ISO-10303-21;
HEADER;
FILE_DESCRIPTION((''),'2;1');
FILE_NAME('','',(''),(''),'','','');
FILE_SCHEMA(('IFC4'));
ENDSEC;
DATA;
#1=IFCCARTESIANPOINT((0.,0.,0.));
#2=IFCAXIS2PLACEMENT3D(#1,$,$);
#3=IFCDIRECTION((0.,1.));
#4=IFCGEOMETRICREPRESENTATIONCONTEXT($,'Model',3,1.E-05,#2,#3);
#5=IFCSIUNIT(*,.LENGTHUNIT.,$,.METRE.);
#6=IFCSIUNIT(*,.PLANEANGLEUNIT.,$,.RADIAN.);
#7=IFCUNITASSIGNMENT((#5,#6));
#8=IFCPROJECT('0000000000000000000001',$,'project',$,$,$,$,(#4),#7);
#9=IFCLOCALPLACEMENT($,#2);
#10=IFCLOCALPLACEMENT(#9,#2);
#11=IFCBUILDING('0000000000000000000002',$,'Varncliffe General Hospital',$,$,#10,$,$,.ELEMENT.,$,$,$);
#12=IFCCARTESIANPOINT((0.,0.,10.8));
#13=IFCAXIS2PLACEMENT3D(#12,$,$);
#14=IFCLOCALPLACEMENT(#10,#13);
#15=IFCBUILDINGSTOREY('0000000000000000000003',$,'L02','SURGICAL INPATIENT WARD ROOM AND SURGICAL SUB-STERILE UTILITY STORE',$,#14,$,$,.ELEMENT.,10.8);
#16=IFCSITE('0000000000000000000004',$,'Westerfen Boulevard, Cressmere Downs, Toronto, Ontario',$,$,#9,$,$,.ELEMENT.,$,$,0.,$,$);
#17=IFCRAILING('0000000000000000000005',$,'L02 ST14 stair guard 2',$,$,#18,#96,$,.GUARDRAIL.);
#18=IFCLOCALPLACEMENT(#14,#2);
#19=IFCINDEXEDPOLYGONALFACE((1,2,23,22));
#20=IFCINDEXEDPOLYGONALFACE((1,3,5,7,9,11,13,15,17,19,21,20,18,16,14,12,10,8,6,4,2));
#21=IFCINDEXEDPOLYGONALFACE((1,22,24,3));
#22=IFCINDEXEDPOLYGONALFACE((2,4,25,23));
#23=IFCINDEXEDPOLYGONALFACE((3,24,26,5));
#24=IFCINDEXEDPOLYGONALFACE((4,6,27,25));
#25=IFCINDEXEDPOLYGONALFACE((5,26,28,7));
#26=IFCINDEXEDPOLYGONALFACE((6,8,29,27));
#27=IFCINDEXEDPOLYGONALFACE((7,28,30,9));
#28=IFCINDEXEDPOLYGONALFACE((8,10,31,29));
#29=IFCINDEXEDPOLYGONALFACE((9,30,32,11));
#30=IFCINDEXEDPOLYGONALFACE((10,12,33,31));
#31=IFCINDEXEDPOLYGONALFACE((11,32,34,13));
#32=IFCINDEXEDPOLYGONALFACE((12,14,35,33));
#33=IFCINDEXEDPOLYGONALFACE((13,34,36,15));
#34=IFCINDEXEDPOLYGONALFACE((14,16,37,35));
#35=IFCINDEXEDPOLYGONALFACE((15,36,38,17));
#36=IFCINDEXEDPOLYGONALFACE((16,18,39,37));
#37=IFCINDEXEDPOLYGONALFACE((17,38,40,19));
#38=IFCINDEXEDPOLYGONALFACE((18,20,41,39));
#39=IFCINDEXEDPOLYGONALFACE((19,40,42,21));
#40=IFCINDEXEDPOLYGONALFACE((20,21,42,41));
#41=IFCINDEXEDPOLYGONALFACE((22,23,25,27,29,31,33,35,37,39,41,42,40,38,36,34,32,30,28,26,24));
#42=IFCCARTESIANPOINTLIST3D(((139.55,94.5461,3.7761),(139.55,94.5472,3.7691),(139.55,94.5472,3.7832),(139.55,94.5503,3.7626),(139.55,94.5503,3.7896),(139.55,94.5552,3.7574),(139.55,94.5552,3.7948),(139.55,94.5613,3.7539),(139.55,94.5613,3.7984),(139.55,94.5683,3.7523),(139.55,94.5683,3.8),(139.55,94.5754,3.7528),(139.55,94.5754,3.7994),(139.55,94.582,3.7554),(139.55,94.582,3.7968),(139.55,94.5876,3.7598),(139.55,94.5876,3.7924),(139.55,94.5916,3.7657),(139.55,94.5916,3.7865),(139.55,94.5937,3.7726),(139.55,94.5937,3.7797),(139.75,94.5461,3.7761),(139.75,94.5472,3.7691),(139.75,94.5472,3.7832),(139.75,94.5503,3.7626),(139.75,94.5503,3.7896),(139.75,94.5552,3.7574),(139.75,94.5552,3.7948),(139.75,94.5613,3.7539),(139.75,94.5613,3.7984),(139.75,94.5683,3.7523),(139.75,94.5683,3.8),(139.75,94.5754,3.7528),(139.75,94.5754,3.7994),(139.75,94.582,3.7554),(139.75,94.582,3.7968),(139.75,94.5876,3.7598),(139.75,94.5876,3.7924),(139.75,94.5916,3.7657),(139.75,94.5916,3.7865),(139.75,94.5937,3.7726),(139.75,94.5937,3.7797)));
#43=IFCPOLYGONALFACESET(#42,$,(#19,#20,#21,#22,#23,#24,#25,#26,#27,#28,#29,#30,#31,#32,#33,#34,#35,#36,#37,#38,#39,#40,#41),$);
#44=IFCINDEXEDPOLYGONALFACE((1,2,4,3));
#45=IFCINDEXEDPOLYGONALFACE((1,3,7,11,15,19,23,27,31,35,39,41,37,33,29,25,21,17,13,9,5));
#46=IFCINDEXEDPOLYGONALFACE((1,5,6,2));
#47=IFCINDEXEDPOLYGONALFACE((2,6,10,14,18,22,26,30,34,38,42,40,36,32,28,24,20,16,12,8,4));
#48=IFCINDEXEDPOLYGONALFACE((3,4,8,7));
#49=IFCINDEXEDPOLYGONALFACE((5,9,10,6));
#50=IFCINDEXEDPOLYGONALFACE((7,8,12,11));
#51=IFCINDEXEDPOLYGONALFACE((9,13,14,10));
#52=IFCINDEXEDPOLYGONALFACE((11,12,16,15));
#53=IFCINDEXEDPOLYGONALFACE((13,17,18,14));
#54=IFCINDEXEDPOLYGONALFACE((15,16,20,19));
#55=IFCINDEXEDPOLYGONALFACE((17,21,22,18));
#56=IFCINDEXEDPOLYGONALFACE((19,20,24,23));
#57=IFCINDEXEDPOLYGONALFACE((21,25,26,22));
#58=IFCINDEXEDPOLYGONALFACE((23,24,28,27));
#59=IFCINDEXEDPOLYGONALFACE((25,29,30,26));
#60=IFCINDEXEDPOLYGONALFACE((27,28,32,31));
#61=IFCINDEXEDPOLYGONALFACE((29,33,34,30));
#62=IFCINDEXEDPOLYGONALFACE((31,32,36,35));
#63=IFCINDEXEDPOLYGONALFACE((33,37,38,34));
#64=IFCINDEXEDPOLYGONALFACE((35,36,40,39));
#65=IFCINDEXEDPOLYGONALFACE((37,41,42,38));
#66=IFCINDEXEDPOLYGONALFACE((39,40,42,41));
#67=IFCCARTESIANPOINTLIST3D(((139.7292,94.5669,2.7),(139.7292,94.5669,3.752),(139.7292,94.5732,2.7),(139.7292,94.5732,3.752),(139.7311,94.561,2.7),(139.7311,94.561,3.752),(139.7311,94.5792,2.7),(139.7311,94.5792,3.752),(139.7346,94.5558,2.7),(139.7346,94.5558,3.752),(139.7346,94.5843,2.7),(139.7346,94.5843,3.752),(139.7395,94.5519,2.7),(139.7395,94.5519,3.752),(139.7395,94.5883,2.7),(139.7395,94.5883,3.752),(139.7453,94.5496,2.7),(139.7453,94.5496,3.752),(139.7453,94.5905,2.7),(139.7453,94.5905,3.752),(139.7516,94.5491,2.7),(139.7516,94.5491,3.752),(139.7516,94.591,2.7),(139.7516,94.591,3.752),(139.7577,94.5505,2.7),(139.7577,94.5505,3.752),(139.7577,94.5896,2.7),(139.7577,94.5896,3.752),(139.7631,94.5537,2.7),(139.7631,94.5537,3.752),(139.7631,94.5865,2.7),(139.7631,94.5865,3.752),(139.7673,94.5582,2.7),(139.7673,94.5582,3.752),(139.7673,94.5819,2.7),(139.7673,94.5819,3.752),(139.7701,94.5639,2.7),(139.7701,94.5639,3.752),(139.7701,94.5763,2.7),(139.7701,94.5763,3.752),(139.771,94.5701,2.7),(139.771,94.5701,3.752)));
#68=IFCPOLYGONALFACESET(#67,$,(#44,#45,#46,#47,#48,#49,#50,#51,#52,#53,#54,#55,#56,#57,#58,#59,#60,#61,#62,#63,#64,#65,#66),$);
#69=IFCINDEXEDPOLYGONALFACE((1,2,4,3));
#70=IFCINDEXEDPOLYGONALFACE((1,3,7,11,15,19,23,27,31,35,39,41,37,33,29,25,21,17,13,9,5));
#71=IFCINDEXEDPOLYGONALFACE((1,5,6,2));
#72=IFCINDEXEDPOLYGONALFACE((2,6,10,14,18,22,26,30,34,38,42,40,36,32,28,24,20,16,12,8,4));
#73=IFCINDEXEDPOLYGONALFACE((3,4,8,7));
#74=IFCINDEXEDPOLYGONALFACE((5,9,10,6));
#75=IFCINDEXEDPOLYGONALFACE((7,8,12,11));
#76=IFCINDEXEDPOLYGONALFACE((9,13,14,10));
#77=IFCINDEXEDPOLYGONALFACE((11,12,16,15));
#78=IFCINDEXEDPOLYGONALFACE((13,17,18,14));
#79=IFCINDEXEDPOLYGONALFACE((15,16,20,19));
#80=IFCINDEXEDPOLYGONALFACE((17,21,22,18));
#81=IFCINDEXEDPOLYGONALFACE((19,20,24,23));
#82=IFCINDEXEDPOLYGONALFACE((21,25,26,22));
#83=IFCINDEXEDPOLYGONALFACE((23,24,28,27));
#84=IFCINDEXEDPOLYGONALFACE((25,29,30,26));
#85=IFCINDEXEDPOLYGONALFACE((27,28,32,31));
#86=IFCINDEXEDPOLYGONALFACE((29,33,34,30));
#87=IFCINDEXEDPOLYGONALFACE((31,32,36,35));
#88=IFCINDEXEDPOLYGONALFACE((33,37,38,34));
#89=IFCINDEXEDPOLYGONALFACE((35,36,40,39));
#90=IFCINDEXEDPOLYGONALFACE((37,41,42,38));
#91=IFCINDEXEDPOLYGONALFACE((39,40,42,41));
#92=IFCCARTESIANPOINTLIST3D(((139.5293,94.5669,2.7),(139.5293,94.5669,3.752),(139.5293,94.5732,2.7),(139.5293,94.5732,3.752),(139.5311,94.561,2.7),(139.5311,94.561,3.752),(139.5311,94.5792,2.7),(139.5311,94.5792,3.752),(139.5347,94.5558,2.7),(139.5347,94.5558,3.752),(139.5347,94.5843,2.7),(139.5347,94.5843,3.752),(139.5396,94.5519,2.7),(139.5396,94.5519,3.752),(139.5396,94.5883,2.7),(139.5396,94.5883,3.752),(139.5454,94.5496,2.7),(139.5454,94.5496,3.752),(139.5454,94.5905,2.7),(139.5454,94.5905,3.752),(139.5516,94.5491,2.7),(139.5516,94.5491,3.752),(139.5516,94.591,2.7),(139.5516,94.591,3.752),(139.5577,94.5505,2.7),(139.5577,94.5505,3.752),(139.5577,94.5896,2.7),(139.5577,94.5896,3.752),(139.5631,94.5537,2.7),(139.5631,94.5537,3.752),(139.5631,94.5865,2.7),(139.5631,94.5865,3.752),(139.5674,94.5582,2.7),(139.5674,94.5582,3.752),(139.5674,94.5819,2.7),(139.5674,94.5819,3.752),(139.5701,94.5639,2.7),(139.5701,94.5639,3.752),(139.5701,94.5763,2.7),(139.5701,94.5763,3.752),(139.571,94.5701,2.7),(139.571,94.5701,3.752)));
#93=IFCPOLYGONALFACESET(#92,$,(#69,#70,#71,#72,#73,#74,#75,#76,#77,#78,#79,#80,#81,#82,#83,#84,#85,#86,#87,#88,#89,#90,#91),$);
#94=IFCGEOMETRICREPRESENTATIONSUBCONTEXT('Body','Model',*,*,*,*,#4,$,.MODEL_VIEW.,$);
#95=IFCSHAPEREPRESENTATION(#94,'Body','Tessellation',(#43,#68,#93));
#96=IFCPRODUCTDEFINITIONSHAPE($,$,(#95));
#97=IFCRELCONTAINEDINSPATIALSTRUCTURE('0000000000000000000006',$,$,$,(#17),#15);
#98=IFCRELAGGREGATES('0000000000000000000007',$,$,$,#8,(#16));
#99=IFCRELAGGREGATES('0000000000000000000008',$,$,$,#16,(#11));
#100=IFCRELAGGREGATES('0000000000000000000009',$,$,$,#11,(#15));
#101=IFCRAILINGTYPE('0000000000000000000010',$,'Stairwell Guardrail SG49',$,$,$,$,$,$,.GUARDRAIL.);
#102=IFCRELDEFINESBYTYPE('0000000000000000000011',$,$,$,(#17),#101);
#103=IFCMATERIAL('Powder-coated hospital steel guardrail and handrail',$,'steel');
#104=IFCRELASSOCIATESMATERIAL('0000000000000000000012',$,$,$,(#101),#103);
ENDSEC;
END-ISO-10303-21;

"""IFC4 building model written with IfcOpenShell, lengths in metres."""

from ifc_helpers import new_model, si_unit, direction, frame, origin, origin_2d, place, context, subcontext, project, spatial, circle, extrude, material, type_object, element, save


model = new_model("IFC4")

# Units and contexts
model_context = context("Model", 3, precision=1e-05, world=origin(), true_north=direction((0.0, 1.0)))
body_context = subcontext(model_context, "Body", "Model", "MODEL_VIEW")
ifc_project = project(units=[si_unit("LENGTHUNIT", "METRE"), si_unit("PLANEANGLEUNIT", "RADIAN")], contexts=[model_context])

# Site, building, storey
site_placement = place(None, origin())
site = spatial("IfcSite", under=ifc_project, at=site_placement, Name="Westerfen Boulevard, Cressmere Downs, Toronto, Ontario", CompositionType="ELEMENT", RefElevation=0.0)
building_placement = place(site_placement, origin())
building = spatial("IfcBuilding", under=site, at=building_placement, Name="Varncliffe General Hospital", CompositionType="ELEMENT")
storey_placement = place(building_placement, frame((0.0, 0.0, 10.8)))
storey = spatial("IfcBuildingStorey", under=building, at=storey_placement, Name="L02", Description="SURGICAL INPATIENT WARD ROOM AND SURGICAL SUB-STERILE UTILITY STORE", CompositionType="ELEMENT", Elevation=10.8)

# Railing
ifc_material_1 = material(Name="Powder-coated hospital steel guardrail and handrail", Category="steel")
railing_type_1 = type_object("IfcRailingType", Name="Stairwell Guardrail SG49", PredefinedType="GUARDRAIL", material=ifc_material_1)
railing_1_placement = place(storey_placement, frame((139.75, 94.5701, 2.7)))
element("IfcRailing", 1, at=railing_1_placement, inside=storey, type_object=railing_type_1, Name="L02 ST14 stair guard 2", PredefinedType="GUARDRAIL", context=body_context, shape_type="SweptSolid", body=[
    extrude(circle(Radius=0.0239, at=origin_2d()), frame((0.0, 0.0, 1.0762), z_axis=(-1.0, 0.0, 0.0), x_axis=(0.0, -1.0, 0.0)), (0.0, 0.0, 1.0), 0.2),
    extrude(circle(Radius=0.021, at=origin_2d()), origin(), (0.0, 0.0, 1.0), 1.052),
    extrude(circle(Radius=0.021, at=origin_2d()), frame((-0.2, 0.0, 0.0)), (0.0, 0.0, 1.0), 1.052),
])

save(model, "model.ifc")
